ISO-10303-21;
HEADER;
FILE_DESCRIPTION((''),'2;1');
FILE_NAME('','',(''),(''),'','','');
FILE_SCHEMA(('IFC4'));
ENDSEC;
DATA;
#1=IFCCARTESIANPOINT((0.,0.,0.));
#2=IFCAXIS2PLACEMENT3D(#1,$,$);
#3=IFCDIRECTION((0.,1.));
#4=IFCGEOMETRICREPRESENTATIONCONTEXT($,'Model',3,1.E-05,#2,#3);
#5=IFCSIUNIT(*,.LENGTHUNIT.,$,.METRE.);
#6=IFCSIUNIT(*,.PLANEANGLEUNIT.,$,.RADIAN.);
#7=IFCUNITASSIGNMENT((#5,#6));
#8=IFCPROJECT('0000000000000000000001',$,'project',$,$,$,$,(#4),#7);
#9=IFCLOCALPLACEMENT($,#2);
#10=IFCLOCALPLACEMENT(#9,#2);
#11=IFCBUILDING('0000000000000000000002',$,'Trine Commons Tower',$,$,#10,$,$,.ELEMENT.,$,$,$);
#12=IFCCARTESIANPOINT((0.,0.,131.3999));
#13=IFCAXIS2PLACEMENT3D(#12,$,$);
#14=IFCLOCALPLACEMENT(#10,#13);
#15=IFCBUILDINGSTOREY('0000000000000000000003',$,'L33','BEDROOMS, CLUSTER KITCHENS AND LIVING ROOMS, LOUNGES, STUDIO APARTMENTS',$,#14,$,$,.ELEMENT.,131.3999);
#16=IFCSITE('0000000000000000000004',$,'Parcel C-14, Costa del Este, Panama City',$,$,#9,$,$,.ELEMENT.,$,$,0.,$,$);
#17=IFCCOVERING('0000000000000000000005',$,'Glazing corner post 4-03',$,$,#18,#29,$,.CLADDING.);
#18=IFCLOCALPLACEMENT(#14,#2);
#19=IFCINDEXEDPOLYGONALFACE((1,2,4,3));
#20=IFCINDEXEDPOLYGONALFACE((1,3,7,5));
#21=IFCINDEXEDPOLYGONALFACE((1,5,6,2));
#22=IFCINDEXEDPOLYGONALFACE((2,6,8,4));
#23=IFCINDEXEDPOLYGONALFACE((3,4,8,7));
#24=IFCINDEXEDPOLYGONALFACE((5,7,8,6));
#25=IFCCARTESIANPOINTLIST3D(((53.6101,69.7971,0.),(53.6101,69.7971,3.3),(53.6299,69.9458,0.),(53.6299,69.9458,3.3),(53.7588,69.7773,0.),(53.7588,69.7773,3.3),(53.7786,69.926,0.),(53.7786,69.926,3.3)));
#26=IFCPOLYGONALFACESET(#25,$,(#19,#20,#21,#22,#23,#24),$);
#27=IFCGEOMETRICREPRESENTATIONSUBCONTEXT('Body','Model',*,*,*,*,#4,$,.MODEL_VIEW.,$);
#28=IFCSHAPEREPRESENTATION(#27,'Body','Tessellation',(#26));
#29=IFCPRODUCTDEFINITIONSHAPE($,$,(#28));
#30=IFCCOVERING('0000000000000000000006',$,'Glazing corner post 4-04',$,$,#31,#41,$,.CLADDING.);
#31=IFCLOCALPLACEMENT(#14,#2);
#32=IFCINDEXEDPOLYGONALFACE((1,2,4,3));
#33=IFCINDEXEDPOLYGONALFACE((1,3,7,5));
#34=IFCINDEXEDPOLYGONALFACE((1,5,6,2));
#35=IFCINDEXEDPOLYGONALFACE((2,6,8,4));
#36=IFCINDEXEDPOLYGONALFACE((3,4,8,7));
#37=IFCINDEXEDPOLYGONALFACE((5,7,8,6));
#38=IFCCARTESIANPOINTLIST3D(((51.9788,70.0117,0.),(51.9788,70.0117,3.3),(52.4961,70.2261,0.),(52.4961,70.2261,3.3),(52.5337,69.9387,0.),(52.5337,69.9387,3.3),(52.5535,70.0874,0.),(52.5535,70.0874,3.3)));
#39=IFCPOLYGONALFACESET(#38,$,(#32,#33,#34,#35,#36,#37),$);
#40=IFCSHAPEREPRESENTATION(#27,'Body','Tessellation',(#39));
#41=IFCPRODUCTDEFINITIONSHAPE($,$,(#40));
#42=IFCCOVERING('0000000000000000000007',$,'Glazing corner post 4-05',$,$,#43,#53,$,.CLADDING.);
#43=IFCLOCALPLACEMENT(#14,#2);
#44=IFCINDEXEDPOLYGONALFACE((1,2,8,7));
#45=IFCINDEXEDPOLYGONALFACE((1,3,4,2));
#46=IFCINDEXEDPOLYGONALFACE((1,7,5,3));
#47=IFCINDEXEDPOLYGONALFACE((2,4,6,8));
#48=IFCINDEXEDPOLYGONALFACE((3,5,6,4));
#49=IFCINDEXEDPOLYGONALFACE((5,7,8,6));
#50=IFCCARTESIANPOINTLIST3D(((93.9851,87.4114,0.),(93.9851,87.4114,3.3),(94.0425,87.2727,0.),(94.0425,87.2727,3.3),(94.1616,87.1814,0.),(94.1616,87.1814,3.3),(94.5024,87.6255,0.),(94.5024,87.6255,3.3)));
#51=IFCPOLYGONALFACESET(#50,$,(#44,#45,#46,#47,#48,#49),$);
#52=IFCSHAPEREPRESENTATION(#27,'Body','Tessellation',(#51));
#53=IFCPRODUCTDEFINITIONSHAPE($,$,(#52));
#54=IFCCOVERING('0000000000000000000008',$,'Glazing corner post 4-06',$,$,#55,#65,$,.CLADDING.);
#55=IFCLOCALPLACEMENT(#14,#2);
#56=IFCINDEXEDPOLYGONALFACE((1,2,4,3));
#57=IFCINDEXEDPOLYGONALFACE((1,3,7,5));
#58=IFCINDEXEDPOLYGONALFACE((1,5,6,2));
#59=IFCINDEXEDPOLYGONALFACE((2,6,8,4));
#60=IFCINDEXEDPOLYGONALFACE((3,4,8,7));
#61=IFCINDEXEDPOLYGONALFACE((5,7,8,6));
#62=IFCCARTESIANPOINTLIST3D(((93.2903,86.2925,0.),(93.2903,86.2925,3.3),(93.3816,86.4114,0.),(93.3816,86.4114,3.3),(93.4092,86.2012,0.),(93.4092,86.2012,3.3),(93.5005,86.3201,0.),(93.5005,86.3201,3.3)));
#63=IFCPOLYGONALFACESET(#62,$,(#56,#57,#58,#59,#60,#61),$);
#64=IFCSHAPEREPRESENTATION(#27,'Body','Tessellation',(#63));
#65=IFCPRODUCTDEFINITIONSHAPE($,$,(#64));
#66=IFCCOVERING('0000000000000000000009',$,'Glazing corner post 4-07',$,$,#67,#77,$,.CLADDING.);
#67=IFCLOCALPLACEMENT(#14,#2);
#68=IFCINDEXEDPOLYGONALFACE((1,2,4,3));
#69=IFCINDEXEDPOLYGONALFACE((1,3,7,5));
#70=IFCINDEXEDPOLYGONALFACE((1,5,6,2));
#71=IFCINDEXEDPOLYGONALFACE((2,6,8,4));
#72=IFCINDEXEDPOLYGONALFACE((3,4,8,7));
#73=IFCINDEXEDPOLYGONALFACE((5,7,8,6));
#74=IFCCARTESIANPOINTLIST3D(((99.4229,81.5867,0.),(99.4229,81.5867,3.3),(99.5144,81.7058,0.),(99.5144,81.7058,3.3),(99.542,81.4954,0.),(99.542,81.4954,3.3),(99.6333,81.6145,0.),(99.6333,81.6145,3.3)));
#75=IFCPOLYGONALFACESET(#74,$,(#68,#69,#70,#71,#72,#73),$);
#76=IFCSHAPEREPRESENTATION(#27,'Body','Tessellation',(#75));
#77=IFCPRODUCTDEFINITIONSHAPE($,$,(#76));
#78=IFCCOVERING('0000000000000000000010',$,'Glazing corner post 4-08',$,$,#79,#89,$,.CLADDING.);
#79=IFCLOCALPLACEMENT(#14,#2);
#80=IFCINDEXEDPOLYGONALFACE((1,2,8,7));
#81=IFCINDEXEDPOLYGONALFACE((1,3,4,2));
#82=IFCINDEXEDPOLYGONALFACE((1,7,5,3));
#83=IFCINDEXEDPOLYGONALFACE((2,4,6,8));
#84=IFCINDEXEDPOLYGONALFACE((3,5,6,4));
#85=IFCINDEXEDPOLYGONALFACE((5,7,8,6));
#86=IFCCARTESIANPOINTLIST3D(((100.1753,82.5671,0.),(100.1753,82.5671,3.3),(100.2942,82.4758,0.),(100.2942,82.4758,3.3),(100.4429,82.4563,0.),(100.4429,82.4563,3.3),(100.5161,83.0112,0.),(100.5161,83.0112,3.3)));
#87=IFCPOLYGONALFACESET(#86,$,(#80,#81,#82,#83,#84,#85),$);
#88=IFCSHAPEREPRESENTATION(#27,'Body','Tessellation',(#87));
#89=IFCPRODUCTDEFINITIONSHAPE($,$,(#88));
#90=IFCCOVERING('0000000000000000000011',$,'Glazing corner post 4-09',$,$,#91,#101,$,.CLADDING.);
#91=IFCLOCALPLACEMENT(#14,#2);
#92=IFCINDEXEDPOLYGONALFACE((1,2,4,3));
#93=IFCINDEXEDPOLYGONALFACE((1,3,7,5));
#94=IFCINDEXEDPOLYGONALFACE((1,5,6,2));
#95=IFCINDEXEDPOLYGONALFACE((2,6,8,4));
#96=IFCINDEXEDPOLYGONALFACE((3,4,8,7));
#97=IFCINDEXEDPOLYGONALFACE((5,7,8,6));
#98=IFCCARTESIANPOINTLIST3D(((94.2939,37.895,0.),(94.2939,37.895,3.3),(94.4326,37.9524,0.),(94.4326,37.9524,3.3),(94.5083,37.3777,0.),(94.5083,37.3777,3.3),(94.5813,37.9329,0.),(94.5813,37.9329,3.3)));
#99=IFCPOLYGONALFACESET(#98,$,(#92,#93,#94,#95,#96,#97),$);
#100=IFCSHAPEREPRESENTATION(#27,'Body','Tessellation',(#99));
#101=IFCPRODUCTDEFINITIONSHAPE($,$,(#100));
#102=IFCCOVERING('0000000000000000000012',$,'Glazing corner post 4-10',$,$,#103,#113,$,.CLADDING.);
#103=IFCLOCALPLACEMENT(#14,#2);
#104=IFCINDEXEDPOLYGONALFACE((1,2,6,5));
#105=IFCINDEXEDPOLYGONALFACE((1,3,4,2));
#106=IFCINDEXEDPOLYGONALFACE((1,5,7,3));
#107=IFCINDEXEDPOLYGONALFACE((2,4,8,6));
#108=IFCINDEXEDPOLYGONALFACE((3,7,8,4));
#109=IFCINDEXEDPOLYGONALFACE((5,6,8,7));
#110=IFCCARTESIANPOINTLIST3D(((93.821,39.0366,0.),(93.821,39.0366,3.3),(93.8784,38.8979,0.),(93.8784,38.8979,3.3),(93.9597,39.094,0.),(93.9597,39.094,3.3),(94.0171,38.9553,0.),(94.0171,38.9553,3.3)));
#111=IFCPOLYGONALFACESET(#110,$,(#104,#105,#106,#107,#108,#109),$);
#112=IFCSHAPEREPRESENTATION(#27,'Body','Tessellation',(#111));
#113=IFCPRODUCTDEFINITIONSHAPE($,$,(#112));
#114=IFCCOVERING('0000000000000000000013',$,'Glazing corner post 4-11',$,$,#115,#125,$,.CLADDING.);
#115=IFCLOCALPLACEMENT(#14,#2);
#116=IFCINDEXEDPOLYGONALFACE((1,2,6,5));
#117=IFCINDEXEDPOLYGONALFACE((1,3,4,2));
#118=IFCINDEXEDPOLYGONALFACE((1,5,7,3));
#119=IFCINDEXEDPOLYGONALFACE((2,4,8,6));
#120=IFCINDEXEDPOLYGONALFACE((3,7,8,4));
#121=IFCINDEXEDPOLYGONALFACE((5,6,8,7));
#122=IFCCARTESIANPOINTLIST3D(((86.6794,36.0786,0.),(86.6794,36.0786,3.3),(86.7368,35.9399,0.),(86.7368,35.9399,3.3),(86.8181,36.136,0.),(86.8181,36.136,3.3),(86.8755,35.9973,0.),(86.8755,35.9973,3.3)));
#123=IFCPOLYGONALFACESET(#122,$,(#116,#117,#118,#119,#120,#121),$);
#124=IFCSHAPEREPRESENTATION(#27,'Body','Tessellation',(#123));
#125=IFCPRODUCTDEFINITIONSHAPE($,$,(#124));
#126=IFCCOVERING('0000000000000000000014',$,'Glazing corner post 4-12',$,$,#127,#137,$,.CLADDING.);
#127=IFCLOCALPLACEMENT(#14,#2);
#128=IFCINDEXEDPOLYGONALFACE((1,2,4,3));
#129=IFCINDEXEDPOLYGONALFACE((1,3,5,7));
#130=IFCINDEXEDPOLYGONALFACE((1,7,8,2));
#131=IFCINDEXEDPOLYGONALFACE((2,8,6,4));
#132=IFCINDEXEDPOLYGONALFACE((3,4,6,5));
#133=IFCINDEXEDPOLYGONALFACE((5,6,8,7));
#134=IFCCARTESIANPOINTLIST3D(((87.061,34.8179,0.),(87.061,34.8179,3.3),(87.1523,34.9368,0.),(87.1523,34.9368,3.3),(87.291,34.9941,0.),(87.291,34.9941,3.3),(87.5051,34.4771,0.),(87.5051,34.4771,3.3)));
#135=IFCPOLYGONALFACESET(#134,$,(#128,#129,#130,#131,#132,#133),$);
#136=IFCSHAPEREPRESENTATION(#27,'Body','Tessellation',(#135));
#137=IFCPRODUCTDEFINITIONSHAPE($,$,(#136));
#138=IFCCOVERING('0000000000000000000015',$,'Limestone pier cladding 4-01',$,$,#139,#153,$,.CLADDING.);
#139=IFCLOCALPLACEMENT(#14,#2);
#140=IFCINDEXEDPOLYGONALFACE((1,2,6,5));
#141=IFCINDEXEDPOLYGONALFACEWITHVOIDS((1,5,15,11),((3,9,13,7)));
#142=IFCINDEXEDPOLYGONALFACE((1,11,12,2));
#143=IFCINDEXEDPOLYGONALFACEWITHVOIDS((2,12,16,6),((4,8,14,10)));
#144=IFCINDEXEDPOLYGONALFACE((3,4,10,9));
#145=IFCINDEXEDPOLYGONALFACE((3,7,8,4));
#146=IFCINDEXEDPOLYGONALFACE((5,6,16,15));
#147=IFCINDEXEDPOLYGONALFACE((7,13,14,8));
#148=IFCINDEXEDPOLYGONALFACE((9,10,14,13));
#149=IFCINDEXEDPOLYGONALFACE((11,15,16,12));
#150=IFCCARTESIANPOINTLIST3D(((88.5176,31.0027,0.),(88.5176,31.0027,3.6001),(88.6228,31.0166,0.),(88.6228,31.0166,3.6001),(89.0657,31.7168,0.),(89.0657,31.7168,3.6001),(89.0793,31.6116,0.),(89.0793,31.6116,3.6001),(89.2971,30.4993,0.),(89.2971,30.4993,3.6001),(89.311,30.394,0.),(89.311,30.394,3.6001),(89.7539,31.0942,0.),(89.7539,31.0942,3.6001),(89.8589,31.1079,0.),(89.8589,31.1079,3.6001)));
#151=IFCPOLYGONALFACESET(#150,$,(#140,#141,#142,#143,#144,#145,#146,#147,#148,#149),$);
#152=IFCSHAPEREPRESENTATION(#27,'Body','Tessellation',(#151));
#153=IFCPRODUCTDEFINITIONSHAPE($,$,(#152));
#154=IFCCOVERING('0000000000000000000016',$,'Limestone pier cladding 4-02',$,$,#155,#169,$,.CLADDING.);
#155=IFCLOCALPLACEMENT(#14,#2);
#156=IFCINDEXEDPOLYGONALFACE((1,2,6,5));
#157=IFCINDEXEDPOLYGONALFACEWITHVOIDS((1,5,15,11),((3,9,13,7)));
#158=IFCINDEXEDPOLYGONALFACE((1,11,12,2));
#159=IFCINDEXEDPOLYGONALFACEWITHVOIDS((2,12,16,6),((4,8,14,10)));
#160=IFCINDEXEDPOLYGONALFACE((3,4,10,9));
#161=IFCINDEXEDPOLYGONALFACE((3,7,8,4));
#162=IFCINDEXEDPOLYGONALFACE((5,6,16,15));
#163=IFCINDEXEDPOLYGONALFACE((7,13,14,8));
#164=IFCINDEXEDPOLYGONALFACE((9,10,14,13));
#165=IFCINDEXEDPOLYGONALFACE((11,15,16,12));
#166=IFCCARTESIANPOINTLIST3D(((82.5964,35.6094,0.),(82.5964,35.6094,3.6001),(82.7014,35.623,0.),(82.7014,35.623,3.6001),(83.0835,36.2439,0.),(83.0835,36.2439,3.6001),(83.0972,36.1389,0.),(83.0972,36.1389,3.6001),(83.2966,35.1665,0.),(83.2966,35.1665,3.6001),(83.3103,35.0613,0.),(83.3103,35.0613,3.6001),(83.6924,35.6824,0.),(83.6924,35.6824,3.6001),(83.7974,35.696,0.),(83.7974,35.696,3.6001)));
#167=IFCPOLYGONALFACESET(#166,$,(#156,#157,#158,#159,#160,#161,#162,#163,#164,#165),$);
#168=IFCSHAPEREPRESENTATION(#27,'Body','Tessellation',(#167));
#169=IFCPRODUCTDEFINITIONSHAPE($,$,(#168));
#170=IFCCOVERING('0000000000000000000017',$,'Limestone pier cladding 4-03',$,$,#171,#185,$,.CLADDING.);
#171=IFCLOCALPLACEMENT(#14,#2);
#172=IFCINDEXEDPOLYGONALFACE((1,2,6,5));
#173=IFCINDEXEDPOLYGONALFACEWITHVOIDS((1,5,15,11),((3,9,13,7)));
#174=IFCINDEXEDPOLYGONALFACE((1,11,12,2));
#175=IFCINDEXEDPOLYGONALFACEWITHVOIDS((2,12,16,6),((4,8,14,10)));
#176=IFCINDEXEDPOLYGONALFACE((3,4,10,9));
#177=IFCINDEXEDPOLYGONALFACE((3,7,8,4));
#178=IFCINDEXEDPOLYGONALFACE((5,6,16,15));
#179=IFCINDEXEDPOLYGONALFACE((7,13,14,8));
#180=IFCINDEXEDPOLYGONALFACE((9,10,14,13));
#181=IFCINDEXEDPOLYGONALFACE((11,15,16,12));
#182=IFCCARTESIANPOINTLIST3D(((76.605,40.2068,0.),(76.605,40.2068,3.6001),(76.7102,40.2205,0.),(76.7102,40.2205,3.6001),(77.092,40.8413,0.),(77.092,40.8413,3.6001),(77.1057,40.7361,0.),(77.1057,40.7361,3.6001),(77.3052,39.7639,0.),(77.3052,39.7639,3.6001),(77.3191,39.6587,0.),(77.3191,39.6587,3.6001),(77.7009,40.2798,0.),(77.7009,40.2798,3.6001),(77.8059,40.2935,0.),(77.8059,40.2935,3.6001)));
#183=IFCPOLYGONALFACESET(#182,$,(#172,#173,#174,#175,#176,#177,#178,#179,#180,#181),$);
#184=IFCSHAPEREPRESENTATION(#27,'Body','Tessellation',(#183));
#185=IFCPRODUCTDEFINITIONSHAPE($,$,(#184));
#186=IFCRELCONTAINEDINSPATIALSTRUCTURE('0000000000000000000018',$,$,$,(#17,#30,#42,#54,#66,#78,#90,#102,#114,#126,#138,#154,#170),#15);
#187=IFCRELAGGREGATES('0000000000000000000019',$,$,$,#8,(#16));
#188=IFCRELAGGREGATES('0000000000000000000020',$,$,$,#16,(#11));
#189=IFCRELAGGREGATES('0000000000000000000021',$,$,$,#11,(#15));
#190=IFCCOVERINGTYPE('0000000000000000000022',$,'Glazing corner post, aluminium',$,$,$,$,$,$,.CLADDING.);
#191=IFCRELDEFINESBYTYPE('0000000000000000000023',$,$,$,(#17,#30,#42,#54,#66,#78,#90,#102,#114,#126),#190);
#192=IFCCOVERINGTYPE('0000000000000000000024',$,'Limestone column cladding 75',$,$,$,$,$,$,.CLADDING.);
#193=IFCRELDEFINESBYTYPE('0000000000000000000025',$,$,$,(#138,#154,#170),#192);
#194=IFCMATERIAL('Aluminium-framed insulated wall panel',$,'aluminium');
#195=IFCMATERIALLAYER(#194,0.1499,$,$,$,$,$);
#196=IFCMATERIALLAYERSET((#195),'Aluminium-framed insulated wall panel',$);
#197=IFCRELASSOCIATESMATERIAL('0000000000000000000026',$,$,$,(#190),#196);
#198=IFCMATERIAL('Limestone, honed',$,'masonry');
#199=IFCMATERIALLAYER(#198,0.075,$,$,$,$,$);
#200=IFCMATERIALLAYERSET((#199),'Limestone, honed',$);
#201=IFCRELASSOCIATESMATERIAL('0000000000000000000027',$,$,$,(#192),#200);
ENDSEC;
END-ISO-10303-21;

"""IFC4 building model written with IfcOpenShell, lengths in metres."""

from ifc_helpers import new_model, si_unit, direction, frame, origin, place, context, subcontext, project, spatial, polyline, outline, extrude, material, layer, layer_set, type_object, element, save


model = new_model("IFC4")

# Units and contexts
model_context = context("Model", 3, precision=1e-05, world=origin(), true_north=direction((0.0, 1.0)))
body_context = subcontext(model_context, "Body", "Model", "MODEL_VIEW")
ifc_project = project(units=[si_unit("LENGTHUNIT", "METRE"), si_unit("PLANEANGLEUNIT", "RADIAN")], contexts=[model_context])

# Site, building, storey
site_placement = place(None, origin())
site = spatial("IfcSite", under=ifc_project, at=site_placement, Name="Parcel C-14, Costa del Este, Panama City", CompositionType="ELEMENT", RefElevation=0.0)
building_placement = place(site_placement, origin())
building = spatial("IfcBuilding", under=site, at=building_placement, Name="Trine Commons Tower", CompositionType="ELEMENT")
storey_placement = place(building_placement, frame((0.0, 0.0, 131.3999)))
storey = spatial("IfcBuildingStorey", under=building, at=storey_placement, Name="L33", Description="BEDROOMS, CLUSTER KITCHENS AND LIVING ROOMS, LOUNGES, STUDIO APARTMENTS", CompositionType="ELEMENT", Elevation=131.3999)

# Coverings
ifc_material_1 = material(Name="Aluminium-framed insulated wall panel", Category="aluminium")
ifc_layer_1 = layer(ifc_material_1, 0.1499)
ifc_layer_set_1 = layer_set([ifc_layer_1], Name="Aluminium-framed insulated wall panel")
covering_type_1 = type_object("IfcCoveringType", Name="Glazing corner post, aluminium", PredefinedType="CLADDING", material=ifc_layer_set_1)
covering_1_placement = place(storey_placement, origin())
element("IfcCovering", 1, at=covering_1_placement, inside=storey, type_object=covering_type_1, Name="Glazing corner post 4-03", PredefinedType="CLADDING", context=body_context, shape_type="SweptSolid", body=[
    extrude(outline(polyline([(53.6101, 69.7971), (53.7588, 69.7773), (53.7786, 69.926), (53.6299, 69.9458), (53.6101, 69.7971)])), origin(), (0.0, 0.0, 1.0), 3.3),
])
covering_2_placement = place(storey_placement, origin())
element("IfcCovering", 2, at=covering_2_placement, inside=storey, type_object=covering_type_1, Name="Glazing corner post 4-04", PredefinedType="CLADDING", context=body_context, shape_type="SweptSolid", body=[
    extrude(outline(polyline([(52.5337, 69.9387), (52.5535, 70.0874), (52.4961, 70.2261), (51.9788, 70.0117), (52.5337, 69.9387)])), origin(), (0.0, 0.0, 1.0), 3.3),
])
covering_3_placement = place(storey_placement, origin())
element("IfcCovering", 3, at=covering_3_placement, inside=storey, type_object=covering_type_1, Name="Glazing corner post 4-05", PredefinedType="CLADDING", context=body_context, shape_type="SweptSolid", body=[
    extrude(outline(polyline([(94.0425, 87.2727), (94.0425, 87.2727), (94.1616, 87.1814), (94.5024, 87.6255), (93.9851, 87.4114), (94.0425, 87.2727)])), origin(), (0.0, 0.0, 1.0), 3.3),
])
covering_4_placement = place(storey_placement, origin())
element("IfcCovering", 4, at=covering_4_placement, inside=storey, type_object=covering_type_1, Name="Glazing corner post 4-06", PredefinedType="CLADDING", context=body_context, shape_type="SweptSolid", body=[
    extrude(outline(polyline([(93.4092, 86.2012), (93.5005, 86.3201), (93.3816, 86.4114), (93.2903, 86.2925), (93.4092, 86.2012)])), origin(), (0.0, 0.0, 1.0), 3.3),
])
covering_5_placement = place(storey_placement, origin())
element("IfcCovering", 5, at=covering_5_placement, inside=storey, type_object=covering_type_1, Name="Glazing corner post 4-07", PredefinedType="CLADDING", context=body_context, shape_type="SweptSolid", body=[
    extrude(outline(polyline([(99.4229, 81.5867), (99.542, 81.4954), (99.6333, 81.6145), (99.5144, 81.7058), (99.4229, 81.5867)])), origin(), (0.0, 0.0, 1.0), 3.3),
])
covering_6_placement = place(storey_placement, origin())
element("IfcCovering", 6, at=covering_6_placement, inside=storey, type_object=covering_type_1, Name="Glazing corner post 4-08", PredefinedType="CLADDING", context=body_context, shape_type="SweptSolid", body=[
    extrude(outline(polyline([(100.4429, 82.4563), (100.5161, 83.0112), (100.1753, 82.5671), (100.2942, 82.4758), (100.4429, 82.4563)])), origin(), (0.0, 0.0, 1.0), 3.3),
])
covering_7_placement = place(storey_placement, origin())
element("IfcCovering", 7, at=covering_7_placement, inside=storey, type_object=covering_type_1, Name="Glazing corner post 4-09", PredefinedType="CLADDING", context=body_context, shape_type="SweptSolid", body=[
    extrude(outline(polyline([(94.2939, 37.895), (94.5083, 37.3777), (94.5813, 37.9329), (94.4326, 37.9524), (94.4326, 37.9524), (94.2939, 37.895)])), origin(), (0.0, 0.0, 1.0), 3.3),
])
covering_8_placement = place(storey_placement, origin())
element("IfcCovering", 8, at=covering_8_placement, inside=storey, type_object=covering_type_1, Name="Glazing corner post 4-10", PredefinedType="CLADDING", context=body_context, shape_type="SweptSolid", body=[
    extrude(outline(polyline([(93.821, 39.0366), (93.8784, 38.8979), (93.8784, 38.8979), (94.0171, 38.9553), (93.9597, 39.094), (93.821, 39.0366)])), origin(), (0.0, 0.0, 1.0), 3.3),
])
covering_9_placement = place(storey_placement, origin())
element("IfcCovering", 9, at=covering_9_placement, inside=storey, type_object=covering_type_1, Name="Glazing corner post 4-11", PredefinedType="CLADDING", context=body_context, shape_type="SweptSolid", body=[
    extrude(outline(polyline([(86.7368, 35.9399), (86.8755, 35.9973), (86.8181, 36.136), (86.6794, 36.0786), (86.7368, 35.9399)])), origin(), (0.0, 0.0, 1.0), 3.3),
])
covering_10_placement = place(storey_placement, origin())
element("IfcCovering", 10, at=covering_10_placement, inside=storey, type_object=covering_type_1, Name="Glazing corner post 4-12", PredefinedType="CLADDING", context=body_context, shape_type="SweptSolid", body=[
    extrude(outline(polyline([(87.061, 34.8179), (87.5051, 34.4771), (87.291, 34.9941), (87.1523, 34.9368), (87.061, 34.8179)])), origin(), (0.0, 0.0, 1.0), 3.3),
])
ifc_material_2 = material(Name="Limestone, honed", Category="masonry")
ifc_layer_2 = layer(ifc_material_2, 0.075)
ifc_layer_set_2 = layer_set([ifc_layer_2], Name="Limestone, honed")
covering_type_2 = type_object("IfcCoveringType", Name="Limestone column cladding 75", PredefinedType="CLADDING", material=ifc_layer_set_2)
covering_11_placement = place(storey_placement, origin())
element("IfcCovering", 11, at=covering_11_placement, inside=storey, type_object=covering_type_2, Name="Limestone pier cladding 4-01", PredefinedType="CLADDING", context=body_context, shape_type="SweptSolid", body=[
    extrude(outline(polyline([(89.0657, 31.7168), (88.5176, 31.0027), (89.311, 30.394), (89.8589, 31.1079), (89.0657, 31.7168)]), holes=[polyline([(89.0793, 31.6116), (88.6228, 31.0166), (89.2971, 30.4993), (89.7539, 31.0942), (89.0793, 31.6116)])]), origin(), (0.0, 0.0, 1.0), 3.6001),
])
covering_12_placement = place(storey_placement, origin())
element("IfcCovering", 12, at=covering_12_placement, inside=storey, type_object=covering_type_2, Name="Limestone pier cladding 4-02", PredefinedType="CLADDING", context=body_context, shape_type="SweptSolid", body=[
    extrude(outline(polyline([(83.0835, 36.2439), (82.5964, 35.6094), (83.3103, 35.0613), (83.7974, 35.696), (83.0835, 36.2439)]), holes=[polyline([(83.0972, 36.1389), (82.7014, 35.623), (83.2966, 35.1665), (83.6924, 35.6824), (83.0972, 36.1389)])]), origin(), (0.0, 0.0, 1.0), 3.6001),
])
covering_13_placement = place(storey_placement, origin())
element("IfcCovering", 13, at=covering_13_placement, inside=storey, type_object=covering_type_2, Name="Limestone pier cladding 4-03", PredefinedType="CLADDING", context=body_context, shape_type="SweptSolid", body=[
    extrude(outline(polyline([(77.092, 40.8413), (76.605, 40.2068), (77.3191, 39.6587), (77.8059, 40.2935), (77.092, 40.8413)]), holes=[polyline([(77.1057, 40.7361), (76.7102, 40.2205), (77.3052, 39.7639), (77.7009, 40.2798), (77.1057, 40.7361)])]), origin(), (0.0, 0.0, 1.0), 3.6001),
])

save(model, "model.ifc")
